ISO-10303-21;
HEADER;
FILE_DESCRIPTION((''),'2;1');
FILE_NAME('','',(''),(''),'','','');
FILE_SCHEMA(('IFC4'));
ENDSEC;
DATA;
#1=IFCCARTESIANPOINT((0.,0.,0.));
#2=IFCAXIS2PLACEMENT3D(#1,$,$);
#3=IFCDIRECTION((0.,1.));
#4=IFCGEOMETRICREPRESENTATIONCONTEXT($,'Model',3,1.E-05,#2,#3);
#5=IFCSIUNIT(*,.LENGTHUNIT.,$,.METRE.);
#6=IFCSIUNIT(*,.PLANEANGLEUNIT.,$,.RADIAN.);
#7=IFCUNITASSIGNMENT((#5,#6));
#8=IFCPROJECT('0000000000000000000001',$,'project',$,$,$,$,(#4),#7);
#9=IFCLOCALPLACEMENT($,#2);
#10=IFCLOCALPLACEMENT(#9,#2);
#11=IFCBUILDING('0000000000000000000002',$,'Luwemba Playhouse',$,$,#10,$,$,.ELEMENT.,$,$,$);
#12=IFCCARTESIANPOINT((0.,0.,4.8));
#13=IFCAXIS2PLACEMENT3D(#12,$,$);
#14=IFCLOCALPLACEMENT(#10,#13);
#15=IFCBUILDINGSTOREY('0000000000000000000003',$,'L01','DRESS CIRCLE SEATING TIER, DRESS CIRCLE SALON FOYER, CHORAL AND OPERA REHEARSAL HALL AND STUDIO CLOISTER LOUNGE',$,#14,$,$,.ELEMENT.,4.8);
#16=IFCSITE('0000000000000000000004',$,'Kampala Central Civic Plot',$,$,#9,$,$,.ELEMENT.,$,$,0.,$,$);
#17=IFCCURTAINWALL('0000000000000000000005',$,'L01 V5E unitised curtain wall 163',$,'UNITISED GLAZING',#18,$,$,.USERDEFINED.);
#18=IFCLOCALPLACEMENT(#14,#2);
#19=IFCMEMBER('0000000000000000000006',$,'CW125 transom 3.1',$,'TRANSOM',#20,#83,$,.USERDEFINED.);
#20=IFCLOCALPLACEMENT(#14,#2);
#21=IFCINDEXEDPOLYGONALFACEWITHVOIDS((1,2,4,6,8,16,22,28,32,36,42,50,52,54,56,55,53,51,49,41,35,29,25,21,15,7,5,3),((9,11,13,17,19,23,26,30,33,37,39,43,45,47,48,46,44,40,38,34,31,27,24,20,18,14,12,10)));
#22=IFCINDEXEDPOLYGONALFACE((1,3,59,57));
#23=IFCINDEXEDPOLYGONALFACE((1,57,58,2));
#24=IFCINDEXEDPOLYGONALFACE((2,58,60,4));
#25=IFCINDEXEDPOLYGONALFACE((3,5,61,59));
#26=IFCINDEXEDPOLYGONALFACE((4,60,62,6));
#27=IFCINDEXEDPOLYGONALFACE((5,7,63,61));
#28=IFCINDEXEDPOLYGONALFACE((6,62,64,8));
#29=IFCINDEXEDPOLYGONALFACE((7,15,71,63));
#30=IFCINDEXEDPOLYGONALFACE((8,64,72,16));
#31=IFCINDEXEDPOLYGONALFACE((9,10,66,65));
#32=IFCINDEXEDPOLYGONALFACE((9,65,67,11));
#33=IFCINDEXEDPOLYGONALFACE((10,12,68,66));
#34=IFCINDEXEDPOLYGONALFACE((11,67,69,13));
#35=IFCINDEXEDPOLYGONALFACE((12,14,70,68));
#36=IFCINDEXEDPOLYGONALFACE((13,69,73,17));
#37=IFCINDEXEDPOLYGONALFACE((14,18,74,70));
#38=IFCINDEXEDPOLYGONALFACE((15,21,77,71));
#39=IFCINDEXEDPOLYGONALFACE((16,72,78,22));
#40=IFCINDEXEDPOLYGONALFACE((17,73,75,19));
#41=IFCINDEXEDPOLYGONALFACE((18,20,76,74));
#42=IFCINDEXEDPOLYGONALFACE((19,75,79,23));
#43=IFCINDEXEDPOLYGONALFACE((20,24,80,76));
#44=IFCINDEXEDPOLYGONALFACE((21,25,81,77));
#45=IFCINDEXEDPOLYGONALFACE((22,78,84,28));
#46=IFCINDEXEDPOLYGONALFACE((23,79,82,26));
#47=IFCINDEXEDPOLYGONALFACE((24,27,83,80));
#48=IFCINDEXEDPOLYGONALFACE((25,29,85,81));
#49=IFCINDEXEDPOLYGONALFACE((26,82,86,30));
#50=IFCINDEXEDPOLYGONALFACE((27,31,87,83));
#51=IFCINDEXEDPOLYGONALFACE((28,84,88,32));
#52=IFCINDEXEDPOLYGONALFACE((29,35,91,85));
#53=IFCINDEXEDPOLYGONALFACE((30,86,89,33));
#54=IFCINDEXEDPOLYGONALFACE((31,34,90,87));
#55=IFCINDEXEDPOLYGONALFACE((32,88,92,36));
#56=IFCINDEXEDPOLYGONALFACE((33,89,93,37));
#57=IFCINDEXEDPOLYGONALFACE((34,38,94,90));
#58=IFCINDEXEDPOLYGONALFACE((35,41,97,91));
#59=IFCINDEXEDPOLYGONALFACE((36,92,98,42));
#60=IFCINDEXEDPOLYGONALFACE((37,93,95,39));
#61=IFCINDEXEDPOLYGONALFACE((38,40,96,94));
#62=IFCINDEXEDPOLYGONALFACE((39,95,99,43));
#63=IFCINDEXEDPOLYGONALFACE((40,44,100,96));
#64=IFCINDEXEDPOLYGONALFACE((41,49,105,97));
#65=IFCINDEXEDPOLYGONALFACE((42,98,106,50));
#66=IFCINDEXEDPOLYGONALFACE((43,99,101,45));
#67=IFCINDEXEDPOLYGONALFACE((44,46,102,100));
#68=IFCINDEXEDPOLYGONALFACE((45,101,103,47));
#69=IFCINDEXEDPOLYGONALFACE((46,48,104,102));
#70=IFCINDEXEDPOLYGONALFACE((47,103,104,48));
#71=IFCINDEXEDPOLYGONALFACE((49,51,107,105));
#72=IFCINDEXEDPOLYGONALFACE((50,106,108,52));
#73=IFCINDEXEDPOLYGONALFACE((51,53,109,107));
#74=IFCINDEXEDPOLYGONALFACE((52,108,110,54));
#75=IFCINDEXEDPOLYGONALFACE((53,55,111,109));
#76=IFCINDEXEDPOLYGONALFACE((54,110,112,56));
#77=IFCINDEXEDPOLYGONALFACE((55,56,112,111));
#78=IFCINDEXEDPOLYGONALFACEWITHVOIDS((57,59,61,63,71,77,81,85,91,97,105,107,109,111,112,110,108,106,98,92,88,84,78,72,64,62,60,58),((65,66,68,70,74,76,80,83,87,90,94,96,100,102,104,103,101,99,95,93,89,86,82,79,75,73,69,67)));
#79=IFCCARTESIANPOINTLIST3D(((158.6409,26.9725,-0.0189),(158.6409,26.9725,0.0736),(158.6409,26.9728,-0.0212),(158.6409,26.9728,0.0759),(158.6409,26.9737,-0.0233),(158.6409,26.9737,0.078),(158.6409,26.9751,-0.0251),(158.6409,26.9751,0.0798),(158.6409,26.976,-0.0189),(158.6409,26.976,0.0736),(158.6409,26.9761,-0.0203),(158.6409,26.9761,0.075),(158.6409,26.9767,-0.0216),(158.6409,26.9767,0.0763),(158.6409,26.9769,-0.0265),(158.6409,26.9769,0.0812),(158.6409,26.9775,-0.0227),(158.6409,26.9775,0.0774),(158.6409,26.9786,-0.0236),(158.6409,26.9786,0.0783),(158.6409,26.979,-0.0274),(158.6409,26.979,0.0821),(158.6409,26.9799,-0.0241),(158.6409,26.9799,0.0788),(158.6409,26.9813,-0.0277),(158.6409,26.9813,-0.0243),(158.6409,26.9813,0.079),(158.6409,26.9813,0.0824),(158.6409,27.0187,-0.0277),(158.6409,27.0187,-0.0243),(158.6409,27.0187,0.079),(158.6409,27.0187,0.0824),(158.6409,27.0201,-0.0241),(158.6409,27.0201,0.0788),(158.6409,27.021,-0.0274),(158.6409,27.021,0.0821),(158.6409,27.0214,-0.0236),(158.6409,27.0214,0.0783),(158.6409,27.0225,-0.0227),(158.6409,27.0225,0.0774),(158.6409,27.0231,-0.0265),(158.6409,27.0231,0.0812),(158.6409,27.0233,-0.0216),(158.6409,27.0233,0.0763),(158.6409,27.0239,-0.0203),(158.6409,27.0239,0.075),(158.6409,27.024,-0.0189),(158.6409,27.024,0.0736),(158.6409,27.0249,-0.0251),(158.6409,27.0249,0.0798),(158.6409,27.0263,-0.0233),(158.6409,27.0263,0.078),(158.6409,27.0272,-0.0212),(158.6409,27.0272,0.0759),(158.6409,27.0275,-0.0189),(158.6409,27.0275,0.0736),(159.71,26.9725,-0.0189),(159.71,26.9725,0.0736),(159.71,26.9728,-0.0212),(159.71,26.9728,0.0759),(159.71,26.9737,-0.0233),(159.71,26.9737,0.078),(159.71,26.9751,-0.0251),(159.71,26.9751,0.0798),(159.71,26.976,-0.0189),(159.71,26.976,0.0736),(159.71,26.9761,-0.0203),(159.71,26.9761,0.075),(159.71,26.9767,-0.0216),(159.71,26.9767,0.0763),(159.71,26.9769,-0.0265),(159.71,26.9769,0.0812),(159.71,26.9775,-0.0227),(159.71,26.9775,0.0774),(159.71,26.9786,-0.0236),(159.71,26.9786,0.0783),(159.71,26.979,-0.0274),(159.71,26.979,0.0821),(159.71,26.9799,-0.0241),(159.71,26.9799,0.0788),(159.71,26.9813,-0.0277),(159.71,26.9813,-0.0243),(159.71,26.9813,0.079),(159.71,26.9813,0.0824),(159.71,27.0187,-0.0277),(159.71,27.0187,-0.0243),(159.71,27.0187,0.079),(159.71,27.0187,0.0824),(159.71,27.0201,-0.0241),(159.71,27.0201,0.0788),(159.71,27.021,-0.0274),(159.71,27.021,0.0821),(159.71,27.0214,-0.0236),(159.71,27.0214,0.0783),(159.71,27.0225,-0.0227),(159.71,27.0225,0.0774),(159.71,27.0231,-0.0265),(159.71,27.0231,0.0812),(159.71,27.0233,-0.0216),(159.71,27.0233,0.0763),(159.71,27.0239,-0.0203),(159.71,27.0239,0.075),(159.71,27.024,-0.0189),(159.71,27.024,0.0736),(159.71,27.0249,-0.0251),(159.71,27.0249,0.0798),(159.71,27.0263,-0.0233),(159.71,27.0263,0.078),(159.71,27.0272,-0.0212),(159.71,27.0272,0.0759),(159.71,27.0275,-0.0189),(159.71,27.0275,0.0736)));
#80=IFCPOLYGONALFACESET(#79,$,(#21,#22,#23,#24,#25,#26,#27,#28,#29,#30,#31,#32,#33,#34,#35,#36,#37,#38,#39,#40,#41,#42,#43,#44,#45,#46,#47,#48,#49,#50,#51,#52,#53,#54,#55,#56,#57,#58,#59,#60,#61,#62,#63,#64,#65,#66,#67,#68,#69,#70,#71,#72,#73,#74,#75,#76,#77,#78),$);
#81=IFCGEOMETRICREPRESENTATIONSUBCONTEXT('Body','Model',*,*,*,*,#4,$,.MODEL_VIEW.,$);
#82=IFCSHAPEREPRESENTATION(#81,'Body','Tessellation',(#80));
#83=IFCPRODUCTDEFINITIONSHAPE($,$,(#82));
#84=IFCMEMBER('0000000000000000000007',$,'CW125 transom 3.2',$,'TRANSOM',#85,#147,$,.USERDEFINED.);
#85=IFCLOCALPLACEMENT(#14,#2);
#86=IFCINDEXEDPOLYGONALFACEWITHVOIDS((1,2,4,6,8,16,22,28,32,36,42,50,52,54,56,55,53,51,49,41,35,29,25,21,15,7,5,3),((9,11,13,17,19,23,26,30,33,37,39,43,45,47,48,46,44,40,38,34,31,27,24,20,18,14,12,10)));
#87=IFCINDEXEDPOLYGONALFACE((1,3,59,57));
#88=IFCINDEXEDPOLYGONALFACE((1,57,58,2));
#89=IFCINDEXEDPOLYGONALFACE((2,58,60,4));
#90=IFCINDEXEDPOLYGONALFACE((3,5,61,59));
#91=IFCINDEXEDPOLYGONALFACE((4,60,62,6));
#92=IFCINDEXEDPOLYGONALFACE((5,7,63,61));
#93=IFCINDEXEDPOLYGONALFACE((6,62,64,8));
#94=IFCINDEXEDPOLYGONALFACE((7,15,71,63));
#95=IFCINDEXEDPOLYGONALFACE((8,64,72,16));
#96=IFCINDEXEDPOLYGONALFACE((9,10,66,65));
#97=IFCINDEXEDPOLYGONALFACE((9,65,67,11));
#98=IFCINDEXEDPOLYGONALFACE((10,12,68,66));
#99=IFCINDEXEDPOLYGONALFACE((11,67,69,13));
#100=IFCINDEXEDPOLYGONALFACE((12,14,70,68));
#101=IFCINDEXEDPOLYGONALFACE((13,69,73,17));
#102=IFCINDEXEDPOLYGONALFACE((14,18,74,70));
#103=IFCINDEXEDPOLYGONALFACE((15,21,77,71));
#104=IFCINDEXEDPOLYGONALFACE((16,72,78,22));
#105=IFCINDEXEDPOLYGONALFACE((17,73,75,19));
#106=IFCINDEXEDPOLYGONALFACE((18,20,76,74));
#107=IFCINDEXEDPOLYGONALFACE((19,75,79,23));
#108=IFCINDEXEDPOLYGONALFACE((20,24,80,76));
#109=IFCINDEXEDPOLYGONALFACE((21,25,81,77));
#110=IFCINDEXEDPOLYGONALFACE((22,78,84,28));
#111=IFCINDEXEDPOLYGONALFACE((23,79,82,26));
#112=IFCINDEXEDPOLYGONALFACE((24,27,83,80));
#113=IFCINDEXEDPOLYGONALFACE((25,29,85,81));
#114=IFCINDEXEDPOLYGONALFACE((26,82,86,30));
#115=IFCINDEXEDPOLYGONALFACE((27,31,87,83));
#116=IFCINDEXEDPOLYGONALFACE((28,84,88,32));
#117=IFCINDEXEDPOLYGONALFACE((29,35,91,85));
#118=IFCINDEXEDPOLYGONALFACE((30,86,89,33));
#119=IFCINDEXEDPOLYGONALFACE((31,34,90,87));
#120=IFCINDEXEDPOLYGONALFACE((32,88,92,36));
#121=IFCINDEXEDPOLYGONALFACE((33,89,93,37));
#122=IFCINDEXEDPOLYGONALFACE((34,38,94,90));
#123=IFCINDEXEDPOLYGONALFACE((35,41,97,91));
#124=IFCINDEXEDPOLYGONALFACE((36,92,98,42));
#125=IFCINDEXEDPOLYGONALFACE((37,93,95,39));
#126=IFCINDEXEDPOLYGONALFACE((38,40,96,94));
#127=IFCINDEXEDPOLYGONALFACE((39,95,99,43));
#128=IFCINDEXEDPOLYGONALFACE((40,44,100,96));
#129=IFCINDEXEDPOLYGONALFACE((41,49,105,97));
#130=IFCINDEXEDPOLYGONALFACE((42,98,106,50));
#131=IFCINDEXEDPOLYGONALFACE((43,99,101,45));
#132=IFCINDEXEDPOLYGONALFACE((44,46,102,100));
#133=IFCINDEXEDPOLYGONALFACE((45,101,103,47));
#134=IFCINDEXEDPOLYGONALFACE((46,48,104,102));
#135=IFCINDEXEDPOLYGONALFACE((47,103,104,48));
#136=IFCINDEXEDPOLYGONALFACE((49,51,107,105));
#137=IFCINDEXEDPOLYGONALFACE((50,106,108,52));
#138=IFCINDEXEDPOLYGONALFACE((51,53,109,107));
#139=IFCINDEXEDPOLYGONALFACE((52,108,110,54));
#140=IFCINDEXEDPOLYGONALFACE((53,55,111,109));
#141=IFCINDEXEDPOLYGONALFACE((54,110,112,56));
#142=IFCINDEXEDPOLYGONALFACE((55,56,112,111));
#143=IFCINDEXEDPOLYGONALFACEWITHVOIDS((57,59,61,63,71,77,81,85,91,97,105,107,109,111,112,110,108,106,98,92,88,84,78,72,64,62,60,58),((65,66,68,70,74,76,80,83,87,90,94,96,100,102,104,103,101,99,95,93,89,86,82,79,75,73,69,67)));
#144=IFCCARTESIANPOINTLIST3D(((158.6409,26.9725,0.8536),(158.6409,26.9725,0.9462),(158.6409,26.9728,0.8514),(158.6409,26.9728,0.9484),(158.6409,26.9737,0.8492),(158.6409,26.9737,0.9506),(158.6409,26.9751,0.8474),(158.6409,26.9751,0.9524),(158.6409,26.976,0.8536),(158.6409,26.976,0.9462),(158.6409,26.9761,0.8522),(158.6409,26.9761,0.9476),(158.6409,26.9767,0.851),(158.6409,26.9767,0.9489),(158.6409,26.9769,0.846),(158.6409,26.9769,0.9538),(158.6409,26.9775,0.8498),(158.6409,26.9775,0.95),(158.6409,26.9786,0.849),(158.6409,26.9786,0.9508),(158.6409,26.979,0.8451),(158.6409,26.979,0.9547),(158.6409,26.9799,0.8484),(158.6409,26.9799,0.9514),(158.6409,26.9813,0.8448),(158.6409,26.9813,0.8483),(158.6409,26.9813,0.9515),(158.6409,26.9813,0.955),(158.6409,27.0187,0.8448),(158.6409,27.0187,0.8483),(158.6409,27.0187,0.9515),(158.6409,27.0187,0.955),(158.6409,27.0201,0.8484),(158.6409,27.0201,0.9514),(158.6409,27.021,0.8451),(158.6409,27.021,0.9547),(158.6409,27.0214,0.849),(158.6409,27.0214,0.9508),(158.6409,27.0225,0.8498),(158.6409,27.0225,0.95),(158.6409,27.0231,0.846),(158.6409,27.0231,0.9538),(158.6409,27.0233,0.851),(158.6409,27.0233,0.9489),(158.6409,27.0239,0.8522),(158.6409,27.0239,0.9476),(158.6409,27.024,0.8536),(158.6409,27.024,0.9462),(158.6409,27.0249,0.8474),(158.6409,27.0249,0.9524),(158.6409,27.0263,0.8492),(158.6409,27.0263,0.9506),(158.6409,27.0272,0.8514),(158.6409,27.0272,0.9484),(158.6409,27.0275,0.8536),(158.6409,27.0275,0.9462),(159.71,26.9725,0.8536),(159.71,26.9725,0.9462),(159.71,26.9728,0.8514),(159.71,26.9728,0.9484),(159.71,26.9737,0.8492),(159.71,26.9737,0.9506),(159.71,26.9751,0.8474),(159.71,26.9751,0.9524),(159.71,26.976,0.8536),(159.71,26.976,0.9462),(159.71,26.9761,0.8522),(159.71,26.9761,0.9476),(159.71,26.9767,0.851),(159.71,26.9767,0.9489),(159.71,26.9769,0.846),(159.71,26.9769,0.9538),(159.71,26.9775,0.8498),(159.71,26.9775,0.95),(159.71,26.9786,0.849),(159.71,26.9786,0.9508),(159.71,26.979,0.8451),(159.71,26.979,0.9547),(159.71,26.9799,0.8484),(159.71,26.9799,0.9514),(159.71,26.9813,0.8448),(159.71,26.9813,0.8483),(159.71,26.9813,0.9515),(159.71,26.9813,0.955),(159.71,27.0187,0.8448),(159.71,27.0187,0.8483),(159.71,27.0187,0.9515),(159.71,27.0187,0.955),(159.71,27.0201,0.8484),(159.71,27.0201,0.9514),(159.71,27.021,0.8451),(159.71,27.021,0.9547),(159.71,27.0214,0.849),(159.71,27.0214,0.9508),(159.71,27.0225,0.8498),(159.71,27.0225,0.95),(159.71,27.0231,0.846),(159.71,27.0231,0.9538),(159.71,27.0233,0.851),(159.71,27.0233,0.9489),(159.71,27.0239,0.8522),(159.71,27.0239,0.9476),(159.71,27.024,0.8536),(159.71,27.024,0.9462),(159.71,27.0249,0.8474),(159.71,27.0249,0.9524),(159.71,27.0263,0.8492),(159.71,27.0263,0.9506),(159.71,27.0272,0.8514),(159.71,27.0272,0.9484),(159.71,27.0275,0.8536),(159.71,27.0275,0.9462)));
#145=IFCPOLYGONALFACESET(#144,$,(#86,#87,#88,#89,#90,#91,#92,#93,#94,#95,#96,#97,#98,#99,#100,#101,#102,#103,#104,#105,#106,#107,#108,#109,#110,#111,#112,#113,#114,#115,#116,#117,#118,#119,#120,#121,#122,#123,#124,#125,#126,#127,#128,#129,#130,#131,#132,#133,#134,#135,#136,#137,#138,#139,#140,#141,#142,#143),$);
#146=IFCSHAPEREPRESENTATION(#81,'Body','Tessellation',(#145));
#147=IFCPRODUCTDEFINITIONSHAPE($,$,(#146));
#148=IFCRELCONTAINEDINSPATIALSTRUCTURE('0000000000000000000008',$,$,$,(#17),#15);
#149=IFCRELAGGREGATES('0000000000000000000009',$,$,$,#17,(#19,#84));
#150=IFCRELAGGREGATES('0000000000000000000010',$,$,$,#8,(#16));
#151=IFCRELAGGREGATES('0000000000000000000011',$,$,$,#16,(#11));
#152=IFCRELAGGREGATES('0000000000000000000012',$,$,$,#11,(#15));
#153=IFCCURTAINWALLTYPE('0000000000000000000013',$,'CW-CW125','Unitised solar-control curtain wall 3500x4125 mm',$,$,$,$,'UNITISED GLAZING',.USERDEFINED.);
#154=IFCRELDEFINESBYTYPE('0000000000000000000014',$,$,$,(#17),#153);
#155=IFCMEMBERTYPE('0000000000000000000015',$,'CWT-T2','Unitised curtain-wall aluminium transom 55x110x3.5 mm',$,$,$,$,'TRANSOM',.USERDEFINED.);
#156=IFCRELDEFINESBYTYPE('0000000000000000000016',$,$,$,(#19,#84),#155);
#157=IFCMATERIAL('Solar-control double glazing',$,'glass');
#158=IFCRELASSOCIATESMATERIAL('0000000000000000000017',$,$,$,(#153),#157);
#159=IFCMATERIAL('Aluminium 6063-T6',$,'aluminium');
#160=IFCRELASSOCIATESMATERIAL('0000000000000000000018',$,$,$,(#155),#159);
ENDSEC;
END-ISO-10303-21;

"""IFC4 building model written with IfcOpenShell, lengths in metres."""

from ifc_helpers import new_model, si_unit, direction, frame, origin, origin_2d, place, context, subcontext, project, spatial, hollow_rectangle, extrude, material, material_profile, profile_set, type_object, element, aggregate, save


model = new_model("IFC4")

# Units and contexts
model_context = context("Model", 3, precision=1e-05, world=origin(), true_north=direction((0.0, 1.0)))
body_context = subcontext(model_context, "Body", "Model", "MODEL_VIEW")
ifc_project = project(units=[si_unit("LENGTHUNIT", "METRE"), si_unit("PLANEANGLEUNIT", "RADIAN")], contexts=[model_context])

# Site, building, storey
site_placement = place(None, origin())
site = spatial("IfcSite", under=ifc_project, at=site_placement, Name="Kampala Central Civic Plot", CompositionType="ELEMENT", RefElevation=0.0)
building_placement = place(site_placement, origin())
building = spatial("IfcBuilding", under=site, at=building_placement, Name="Luwemba Playhouse", CompositionType="ELEMENT")
storey_placement = place(building_placement, frame((0.0, 0.0, 4.8)))
storey = spatial("IfcBuildingStorey", under=building, at=storey_placement, Name="L01", Description="DRESS CIRCLE SEATING TIER, DRESS CIRCLE SALON FOYER, CHORAL AND OPERA REHEARSAL HALL AND STUDIO CLOISTER LOUNGE", CompositionType="ELEMENT", Elevation=4.8)

# Curtain wall
ifc_material_1 = material(Name="Solar-control double glazing", Category="glass")
curtain_wall_type_1 = type_object("IfcCurtainWallType", Name="CW-CW125", Description="Unitised solar-control curtain wall 3500x4125 mm", ElementType="UNITISED GLAZING", PredefinedType="USERDEFINED", material=ifc_material_1)
curtain_wall_1_placement = place(storey_placement, origin())
curtain_wall_1 = element("IfcCurtainWall", 1, at=curtain_wall_1_placement, inside=storey, type_object=curtain_wall_type_1, Name="L01 V5E unitised curtain wall 163", ObjectType="UNITISED GLAZING", PredefinedType="USERDEFINED")
ifc_material_2 = material(Name="Aluminium 6063-T6", Category="aluminium")

# Members
ifc_material_profile_1 = material_profile(ifc_material_2, hollow_rectangle(XDim=0.0549, YDim=0.1101, WallThickness=0.0034, InnerFilletRadius=0.0054, OuterFilletRadius=0.0088, at=origin_2d()))
ifc_profile_set_1 = profile_set([ifc_material_profile_1], Name="Aluminium 6063-T6")
member_type_1 = type_object("IfcMemberType", Name="CWT-T2", Description="Unitised curtain-wall aluminium transom 55x110x3.5 mm", ElementType="TRANSOM", PredefinedType="USERDEFINED", material=ifc_profile_set_1)
member_1_placement = place(storey_placement, frame((158.6409, 27.0, 0.0273), z_axis=(1.0, 0.0, 0.0), x_axis=(0.0, 1.0, 0.0)))
member_1 = element("IfcMember", 2, at=member_1_placement, type_object=member_type_1, Name="CW125 transom 3.1", ObjectType="TRANSOM", PredefinedType="USERDEFINED", context=body_context, shape_type="SweptSolid", body=[
    extrude(hollow_rectangle(XDim=0.0549, YDim=0.1101, WallThickness=0.0034, InnerFilletRadius=0.0054, OuterFilletRadius=0.0088, at=origin_2d()), origin(), (0.0, 0.0, 1.0), 1.0691),
])
member_2_placement = place(storey_placement, frame((158.6409, 27.0, 0.8999), z_axis=(1.0, 0.0, 0.0), x_axis=(0.0, 1.0, 0.0)))
member_2 = element("IfcMember", 3, at=member_2_placement, type_object=member_type_1, Name="CW125 transom 3.2", ObjectType="TRANSOM", PredefinedType="USERDEFINED", context=body_context, shape_type="SweptSolid", body=[
    extrude(hollow_rectangle(XDim=0.0549, YDim=0.1101, WallThickness=0.0034, InnerFilletRadius=0.0054, OuterFilletRadius=0.0088, at=origin_2d()), origin(), (0.0, 0.0, 1.0), 1.0691),
])

aggregate(curtain_wall_1, [member_1, member_2])

save(model, "model.ifc")
